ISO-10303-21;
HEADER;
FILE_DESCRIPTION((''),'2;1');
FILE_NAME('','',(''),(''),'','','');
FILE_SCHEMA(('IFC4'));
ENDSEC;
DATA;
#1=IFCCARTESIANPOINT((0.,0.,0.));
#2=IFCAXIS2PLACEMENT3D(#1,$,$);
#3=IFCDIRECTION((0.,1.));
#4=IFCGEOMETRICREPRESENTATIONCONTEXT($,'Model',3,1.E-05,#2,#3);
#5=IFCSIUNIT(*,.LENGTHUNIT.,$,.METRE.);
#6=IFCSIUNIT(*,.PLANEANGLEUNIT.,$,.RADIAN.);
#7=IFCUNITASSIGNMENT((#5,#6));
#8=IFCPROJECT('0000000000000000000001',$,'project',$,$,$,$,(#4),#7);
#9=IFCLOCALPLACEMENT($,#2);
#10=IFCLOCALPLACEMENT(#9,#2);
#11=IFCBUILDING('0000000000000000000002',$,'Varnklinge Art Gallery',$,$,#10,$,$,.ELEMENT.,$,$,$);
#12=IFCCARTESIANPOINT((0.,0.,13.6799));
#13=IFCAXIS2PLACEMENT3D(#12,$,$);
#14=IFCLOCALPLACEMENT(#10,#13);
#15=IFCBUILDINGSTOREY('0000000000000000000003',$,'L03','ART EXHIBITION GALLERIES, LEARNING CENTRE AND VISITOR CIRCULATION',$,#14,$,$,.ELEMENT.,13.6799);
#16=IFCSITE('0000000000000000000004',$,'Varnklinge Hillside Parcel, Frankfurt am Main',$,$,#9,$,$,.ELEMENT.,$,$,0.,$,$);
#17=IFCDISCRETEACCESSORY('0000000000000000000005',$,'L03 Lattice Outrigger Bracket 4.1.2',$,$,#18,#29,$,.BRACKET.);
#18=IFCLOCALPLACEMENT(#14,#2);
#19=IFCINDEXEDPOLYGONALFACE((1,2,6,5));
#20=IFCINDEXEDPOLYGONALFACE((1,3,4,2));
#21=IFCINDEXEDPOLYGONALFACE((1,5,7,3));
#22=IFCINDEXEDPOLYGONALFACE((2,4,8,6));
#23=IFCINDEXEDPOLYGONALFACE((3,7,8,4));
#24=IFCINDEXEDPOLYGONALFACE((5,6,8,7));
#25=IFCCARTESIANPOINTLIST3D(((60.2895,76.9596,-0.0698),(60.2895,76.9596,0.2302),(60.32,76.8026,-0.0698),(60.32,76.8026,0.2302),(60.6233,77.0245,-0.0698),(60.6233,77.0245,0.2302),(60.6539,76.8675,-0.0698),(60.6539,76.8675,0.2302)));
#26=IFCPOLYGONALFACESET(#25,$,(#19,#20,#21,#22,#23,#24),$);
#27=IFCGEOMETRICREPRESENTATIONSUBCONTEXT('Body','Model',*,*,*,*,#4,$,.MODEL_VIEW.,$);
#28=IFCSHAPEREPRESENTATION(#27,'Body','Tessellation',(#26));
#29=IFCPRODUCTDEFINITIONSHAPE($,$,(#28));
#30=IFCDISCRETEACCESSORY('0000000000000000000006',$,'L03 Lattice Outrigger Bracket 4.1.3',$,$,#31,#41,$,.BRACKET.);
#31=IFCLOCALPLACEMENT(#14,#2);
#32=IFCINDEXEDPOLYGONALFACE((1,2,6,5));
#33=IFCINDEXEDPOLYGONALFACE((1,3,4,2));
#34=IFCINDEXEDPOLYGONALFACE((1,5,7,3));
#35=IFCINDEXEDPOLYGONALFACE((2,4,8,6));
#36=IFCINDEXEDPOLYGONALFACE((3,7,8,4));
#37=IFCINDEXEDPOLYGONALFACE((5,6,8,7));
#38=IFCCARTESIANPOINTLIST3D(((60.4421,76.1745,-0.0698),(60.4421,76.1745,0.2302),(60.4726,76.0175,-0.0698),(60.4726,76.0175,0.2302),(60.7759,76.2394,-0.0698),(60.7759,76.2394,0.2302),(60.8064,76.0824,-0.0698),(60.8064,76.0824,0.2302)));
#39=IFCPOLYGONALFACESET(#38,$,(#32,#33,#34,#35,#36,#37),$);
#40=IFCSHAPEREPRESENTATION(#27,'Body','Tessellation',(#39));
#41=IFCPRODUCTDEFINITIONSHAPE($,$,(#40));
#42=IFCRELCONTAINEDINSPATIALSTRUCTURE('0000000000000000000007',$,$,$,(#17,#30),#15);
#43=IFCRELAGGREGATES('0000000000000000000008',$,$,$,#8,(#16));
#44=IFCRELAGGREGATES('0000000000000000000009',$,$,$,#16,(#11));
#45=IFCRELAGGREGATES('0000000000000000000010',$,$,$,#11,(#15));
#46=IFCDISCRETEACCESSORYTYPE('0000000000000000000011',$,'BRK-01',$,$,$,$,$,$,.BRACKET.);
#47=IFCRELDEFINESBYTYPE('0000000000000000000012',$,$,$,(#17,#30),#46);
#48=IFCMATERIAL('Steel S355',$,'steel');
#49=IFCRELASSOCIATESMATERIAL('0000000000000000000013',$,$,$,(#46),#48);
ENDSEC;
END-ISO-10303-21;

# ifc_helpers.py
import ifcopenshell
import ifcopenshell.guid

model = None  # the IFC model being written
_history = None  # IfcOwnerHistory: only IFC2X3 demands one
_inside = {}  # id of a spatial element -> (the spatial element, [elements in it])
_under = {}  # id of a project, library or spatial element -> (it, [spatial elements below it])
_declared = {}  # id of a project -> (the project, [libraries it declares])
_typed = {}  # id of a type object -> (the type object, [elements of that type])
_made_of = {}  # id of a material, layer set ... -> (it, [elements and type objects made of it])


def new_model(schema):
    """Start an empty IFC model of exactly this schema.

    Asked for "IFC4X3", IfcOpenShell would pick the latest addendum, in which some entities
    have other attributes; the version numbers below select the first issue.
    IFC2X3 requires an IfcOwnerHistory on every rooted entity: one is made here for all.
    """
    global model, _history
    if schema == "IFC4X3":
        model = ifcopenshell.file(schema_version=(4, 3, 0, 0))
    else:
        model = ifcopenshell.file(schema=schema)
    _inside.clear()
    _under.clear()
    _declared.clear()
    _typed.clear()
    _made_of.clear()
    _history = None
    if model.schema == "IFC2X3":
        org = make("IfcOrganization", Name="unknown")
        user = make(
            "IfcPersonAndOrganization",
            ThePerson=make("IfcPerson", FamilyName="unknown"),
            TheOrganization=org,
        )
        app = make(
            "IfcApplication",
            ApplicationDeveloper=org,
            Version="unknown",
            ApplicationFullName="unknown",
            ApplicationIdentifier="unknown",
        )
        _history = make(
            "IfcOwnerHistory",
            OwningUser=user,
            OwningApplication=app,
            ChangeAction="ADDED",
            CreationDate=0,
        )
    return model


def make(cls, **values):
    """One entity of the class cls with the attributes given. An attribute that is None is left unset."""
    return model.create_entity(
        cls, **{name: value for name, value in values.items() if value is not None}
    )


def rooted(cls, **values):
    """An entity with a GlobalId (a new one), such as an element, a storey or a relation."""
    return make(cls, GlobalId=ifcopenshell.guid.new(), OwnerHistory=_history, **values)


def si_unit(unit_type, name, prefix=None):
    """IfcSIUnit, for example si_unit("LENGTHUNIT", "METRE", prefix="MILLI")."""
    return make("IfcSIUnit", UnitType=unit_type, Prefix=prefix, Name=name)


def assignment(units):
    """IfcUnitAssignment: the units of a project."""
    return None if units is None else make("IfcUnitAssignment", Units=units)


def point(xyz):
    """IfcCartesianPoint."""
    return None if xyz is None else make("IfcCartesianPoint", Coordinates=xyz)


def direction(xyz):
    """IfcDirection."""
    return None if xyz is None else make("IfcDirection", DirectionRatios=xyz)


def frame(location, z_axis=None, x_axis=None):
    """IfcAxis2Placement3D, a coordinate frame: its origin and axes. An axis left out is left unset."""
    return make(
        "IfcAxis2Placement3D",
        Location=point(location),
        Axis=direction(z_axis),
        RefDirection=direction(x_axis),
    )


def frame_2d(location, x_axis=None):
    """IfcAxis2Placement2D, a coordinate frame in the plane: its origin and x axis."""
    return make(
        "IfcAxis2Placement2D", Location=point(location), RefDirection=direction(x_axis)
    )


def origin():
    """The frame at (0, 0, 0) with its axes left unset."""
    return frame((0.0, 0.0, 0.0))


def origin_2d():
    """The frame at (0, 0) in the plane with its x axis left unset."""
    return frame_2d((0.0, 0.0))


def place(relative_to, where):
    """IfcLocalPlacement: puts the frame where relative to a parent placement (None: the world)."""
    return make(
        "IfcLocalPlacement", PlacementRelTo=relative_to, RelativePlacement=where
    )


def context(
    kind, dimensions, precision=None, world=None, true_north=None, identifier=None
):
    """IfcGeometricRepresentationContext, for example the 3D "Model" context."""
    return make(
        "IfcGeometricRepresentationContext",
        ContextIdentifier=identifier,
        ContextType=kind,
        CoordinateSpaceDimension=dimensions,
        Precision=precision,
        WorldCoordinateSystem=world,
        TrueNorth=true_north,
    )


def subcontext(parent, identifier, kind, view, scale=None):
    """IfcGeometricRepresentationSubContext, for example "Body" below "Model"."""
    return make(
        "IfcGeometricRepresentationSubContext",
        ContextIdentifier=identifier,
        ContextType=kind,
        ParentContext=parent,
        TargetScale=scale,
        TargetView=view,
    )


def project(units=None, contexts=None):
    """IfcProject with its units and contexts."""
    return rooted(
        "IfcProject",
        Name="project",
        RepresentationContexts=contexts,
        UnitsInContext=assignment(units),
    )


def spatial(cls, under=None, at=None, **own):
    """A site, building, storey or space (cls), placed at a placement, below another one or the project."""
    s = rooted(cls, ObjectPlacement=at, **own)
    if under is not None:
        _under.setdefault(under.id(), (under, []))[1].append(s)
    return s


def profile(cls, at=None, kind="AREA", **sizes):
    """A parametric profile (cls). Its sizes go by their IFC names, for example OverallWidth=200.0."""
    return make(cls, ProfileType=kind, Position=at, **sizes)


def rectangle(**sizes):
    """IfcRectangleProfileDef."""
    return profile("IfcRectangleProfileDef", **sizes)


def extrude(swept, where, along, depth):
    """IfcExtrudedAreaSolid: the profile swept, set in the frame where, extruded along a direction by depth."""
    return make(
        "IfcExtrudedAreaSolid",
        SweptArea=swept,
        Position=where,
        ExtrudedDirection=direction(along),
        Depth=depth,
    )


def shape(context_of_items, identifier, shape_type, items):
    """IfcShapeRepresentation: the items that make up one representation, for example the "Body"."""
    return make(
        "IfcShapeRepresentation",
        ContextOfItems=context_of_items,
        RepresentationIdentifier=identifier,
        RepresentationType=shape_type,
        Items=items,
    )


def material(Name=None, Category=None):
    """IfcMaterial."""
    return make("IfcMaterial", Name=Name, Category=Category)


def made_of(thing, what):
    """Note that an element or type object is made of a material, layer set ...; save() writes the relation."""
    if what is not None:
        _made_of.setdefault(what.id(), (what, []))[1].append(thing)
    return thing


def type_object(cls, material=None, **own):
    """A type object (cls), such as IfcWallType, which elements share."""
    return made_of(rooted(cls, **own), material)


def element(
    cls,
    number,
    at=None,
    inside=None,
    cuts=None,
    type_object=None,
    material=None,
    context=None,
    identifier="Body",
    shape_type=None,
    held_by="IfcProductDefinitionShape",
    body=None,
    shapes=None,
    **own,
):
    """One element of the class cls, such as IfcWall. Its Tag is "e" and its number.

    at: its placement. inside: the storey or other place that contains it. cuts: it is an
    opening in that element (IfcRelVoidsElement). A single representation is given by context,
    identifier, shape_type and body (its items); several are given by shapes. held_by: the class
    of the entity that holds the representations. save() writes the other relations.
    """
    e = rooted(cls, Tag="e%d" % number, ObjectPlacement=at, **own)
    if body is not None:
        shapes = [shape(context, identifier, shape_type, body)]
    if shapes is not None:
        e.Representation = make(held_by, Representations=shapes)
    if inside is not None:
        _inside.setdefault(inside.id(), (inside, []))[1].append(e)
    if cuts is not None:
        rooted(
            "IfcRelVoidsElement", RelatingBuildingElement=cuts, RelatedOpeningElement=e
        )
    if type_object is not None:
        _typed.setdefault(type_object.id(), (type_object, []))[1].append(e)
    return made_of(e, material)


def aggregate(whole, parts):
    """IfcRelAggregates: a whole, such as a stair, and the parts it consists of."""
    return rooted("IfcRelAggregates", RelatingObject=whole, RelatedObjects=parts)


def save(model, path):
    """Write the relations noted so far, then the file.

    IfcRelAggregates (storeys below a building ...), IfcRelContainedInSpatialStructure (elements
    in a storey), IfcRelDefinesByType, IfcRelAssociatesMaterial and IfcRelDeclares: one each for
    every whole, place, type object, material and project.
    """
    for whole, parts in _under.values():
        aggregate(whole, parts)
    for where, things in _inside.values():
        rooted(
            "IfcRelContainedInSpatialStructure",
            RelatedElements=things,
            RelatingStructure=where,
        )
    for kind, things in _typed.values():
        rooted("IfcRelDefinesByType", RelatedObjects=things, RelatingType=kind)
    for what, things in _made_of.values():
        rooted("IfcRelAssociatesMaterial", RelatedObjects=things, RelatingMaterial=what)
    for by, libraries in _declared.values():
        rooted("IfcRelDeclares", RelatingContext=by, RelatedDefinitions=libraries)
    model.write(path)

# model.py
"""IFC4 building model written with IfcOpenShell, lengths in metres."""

from ifc_helpers import new_model, si_unit, direction, frame, origin, origin_2d, place, context, subcontext, project, spatial, rectangle, extrude, material, type_object, element, save


model = new_model("IFC4")

# Units and contexts
model_context = context("Model", 3, precision=1e-05, world=origin(), true_north=direction((0.0, 1.0)))
body_context = subcontext(model_context, "Body", "Model", "MODEL_VIEW")
ifc_project = project(units=[si_unit("LENGTHUNIT", "METRE"), si_unit("PLANEANGLEUNIT", "RADIAN")], contexts=[model_context])

# Site, building, storey
site_placement = place(None, origin())
site = spatial("IfcSite", under=ifc_project, at=site_placement, Name="Varnklinge Hillside Parcel, Frankfurt am Main", CompositionType="ELEMENT", RefElevation=0.0)
building_placement = place(site_placement, origin())
building = spatial("IfcBuilding", under=site, at=building_placement, Name="Varnklinge Art Gallery", CompositionType="ELEMENT")
storey_placement = place(building_placement, frame((0.0, 0.0, 13.6799)))
storey = spatial("IfcBuildingStorey", under=building, at=storey_placement, Name="L03", Description="ART EXHIBITION GALLERIES, LEARNING CENTRE AND VISITOR CIRCULATION", CompositionType="ELEMENT", Elevation=13.6799)

# Discrete accessories
ifc_material_1 = material(Name="Steel S355", Category="steel")
discrete_accessory_type = type_object("IfcDiscreteAccessoryType", Name="BRK-01", PredefinedType="BRACKET", material=ifc_material_1)
for number, where, z_axis, x_axis, name in (
    (1, (60.4717, 76.9136, -0.0698), (0.0, 0.0, 1.0), (0.190809, -0.981627, 0.0), "L03 Lattice Outrigger Bracket 4.1.2"),
    (2, (60.6243, 76.1284, -0.0698), (0.0, 0.0, 1.0), (0.190809, -0.981627, 0.0), "L03 Lattice Outrigger Bracket 4.1.3"),
):
    element("IfcDiscreteAccessory", number, at=place(storey_placement, frame(where, z_axis=z_axis, x_axis=x_axis)), inside=storey, type_object=discrete_accessory_type, Name=name, PredefinedType="BRACKET", context=body_context, shape_type="SweptSolid", body=[
        extrude(rectangle(XDim=0.1599, YDim=0.3401, at=origin_2d()), origin(), (0.0, 0.0, 1.0), 0.3),
    ])

save(model, "model.ifc")
